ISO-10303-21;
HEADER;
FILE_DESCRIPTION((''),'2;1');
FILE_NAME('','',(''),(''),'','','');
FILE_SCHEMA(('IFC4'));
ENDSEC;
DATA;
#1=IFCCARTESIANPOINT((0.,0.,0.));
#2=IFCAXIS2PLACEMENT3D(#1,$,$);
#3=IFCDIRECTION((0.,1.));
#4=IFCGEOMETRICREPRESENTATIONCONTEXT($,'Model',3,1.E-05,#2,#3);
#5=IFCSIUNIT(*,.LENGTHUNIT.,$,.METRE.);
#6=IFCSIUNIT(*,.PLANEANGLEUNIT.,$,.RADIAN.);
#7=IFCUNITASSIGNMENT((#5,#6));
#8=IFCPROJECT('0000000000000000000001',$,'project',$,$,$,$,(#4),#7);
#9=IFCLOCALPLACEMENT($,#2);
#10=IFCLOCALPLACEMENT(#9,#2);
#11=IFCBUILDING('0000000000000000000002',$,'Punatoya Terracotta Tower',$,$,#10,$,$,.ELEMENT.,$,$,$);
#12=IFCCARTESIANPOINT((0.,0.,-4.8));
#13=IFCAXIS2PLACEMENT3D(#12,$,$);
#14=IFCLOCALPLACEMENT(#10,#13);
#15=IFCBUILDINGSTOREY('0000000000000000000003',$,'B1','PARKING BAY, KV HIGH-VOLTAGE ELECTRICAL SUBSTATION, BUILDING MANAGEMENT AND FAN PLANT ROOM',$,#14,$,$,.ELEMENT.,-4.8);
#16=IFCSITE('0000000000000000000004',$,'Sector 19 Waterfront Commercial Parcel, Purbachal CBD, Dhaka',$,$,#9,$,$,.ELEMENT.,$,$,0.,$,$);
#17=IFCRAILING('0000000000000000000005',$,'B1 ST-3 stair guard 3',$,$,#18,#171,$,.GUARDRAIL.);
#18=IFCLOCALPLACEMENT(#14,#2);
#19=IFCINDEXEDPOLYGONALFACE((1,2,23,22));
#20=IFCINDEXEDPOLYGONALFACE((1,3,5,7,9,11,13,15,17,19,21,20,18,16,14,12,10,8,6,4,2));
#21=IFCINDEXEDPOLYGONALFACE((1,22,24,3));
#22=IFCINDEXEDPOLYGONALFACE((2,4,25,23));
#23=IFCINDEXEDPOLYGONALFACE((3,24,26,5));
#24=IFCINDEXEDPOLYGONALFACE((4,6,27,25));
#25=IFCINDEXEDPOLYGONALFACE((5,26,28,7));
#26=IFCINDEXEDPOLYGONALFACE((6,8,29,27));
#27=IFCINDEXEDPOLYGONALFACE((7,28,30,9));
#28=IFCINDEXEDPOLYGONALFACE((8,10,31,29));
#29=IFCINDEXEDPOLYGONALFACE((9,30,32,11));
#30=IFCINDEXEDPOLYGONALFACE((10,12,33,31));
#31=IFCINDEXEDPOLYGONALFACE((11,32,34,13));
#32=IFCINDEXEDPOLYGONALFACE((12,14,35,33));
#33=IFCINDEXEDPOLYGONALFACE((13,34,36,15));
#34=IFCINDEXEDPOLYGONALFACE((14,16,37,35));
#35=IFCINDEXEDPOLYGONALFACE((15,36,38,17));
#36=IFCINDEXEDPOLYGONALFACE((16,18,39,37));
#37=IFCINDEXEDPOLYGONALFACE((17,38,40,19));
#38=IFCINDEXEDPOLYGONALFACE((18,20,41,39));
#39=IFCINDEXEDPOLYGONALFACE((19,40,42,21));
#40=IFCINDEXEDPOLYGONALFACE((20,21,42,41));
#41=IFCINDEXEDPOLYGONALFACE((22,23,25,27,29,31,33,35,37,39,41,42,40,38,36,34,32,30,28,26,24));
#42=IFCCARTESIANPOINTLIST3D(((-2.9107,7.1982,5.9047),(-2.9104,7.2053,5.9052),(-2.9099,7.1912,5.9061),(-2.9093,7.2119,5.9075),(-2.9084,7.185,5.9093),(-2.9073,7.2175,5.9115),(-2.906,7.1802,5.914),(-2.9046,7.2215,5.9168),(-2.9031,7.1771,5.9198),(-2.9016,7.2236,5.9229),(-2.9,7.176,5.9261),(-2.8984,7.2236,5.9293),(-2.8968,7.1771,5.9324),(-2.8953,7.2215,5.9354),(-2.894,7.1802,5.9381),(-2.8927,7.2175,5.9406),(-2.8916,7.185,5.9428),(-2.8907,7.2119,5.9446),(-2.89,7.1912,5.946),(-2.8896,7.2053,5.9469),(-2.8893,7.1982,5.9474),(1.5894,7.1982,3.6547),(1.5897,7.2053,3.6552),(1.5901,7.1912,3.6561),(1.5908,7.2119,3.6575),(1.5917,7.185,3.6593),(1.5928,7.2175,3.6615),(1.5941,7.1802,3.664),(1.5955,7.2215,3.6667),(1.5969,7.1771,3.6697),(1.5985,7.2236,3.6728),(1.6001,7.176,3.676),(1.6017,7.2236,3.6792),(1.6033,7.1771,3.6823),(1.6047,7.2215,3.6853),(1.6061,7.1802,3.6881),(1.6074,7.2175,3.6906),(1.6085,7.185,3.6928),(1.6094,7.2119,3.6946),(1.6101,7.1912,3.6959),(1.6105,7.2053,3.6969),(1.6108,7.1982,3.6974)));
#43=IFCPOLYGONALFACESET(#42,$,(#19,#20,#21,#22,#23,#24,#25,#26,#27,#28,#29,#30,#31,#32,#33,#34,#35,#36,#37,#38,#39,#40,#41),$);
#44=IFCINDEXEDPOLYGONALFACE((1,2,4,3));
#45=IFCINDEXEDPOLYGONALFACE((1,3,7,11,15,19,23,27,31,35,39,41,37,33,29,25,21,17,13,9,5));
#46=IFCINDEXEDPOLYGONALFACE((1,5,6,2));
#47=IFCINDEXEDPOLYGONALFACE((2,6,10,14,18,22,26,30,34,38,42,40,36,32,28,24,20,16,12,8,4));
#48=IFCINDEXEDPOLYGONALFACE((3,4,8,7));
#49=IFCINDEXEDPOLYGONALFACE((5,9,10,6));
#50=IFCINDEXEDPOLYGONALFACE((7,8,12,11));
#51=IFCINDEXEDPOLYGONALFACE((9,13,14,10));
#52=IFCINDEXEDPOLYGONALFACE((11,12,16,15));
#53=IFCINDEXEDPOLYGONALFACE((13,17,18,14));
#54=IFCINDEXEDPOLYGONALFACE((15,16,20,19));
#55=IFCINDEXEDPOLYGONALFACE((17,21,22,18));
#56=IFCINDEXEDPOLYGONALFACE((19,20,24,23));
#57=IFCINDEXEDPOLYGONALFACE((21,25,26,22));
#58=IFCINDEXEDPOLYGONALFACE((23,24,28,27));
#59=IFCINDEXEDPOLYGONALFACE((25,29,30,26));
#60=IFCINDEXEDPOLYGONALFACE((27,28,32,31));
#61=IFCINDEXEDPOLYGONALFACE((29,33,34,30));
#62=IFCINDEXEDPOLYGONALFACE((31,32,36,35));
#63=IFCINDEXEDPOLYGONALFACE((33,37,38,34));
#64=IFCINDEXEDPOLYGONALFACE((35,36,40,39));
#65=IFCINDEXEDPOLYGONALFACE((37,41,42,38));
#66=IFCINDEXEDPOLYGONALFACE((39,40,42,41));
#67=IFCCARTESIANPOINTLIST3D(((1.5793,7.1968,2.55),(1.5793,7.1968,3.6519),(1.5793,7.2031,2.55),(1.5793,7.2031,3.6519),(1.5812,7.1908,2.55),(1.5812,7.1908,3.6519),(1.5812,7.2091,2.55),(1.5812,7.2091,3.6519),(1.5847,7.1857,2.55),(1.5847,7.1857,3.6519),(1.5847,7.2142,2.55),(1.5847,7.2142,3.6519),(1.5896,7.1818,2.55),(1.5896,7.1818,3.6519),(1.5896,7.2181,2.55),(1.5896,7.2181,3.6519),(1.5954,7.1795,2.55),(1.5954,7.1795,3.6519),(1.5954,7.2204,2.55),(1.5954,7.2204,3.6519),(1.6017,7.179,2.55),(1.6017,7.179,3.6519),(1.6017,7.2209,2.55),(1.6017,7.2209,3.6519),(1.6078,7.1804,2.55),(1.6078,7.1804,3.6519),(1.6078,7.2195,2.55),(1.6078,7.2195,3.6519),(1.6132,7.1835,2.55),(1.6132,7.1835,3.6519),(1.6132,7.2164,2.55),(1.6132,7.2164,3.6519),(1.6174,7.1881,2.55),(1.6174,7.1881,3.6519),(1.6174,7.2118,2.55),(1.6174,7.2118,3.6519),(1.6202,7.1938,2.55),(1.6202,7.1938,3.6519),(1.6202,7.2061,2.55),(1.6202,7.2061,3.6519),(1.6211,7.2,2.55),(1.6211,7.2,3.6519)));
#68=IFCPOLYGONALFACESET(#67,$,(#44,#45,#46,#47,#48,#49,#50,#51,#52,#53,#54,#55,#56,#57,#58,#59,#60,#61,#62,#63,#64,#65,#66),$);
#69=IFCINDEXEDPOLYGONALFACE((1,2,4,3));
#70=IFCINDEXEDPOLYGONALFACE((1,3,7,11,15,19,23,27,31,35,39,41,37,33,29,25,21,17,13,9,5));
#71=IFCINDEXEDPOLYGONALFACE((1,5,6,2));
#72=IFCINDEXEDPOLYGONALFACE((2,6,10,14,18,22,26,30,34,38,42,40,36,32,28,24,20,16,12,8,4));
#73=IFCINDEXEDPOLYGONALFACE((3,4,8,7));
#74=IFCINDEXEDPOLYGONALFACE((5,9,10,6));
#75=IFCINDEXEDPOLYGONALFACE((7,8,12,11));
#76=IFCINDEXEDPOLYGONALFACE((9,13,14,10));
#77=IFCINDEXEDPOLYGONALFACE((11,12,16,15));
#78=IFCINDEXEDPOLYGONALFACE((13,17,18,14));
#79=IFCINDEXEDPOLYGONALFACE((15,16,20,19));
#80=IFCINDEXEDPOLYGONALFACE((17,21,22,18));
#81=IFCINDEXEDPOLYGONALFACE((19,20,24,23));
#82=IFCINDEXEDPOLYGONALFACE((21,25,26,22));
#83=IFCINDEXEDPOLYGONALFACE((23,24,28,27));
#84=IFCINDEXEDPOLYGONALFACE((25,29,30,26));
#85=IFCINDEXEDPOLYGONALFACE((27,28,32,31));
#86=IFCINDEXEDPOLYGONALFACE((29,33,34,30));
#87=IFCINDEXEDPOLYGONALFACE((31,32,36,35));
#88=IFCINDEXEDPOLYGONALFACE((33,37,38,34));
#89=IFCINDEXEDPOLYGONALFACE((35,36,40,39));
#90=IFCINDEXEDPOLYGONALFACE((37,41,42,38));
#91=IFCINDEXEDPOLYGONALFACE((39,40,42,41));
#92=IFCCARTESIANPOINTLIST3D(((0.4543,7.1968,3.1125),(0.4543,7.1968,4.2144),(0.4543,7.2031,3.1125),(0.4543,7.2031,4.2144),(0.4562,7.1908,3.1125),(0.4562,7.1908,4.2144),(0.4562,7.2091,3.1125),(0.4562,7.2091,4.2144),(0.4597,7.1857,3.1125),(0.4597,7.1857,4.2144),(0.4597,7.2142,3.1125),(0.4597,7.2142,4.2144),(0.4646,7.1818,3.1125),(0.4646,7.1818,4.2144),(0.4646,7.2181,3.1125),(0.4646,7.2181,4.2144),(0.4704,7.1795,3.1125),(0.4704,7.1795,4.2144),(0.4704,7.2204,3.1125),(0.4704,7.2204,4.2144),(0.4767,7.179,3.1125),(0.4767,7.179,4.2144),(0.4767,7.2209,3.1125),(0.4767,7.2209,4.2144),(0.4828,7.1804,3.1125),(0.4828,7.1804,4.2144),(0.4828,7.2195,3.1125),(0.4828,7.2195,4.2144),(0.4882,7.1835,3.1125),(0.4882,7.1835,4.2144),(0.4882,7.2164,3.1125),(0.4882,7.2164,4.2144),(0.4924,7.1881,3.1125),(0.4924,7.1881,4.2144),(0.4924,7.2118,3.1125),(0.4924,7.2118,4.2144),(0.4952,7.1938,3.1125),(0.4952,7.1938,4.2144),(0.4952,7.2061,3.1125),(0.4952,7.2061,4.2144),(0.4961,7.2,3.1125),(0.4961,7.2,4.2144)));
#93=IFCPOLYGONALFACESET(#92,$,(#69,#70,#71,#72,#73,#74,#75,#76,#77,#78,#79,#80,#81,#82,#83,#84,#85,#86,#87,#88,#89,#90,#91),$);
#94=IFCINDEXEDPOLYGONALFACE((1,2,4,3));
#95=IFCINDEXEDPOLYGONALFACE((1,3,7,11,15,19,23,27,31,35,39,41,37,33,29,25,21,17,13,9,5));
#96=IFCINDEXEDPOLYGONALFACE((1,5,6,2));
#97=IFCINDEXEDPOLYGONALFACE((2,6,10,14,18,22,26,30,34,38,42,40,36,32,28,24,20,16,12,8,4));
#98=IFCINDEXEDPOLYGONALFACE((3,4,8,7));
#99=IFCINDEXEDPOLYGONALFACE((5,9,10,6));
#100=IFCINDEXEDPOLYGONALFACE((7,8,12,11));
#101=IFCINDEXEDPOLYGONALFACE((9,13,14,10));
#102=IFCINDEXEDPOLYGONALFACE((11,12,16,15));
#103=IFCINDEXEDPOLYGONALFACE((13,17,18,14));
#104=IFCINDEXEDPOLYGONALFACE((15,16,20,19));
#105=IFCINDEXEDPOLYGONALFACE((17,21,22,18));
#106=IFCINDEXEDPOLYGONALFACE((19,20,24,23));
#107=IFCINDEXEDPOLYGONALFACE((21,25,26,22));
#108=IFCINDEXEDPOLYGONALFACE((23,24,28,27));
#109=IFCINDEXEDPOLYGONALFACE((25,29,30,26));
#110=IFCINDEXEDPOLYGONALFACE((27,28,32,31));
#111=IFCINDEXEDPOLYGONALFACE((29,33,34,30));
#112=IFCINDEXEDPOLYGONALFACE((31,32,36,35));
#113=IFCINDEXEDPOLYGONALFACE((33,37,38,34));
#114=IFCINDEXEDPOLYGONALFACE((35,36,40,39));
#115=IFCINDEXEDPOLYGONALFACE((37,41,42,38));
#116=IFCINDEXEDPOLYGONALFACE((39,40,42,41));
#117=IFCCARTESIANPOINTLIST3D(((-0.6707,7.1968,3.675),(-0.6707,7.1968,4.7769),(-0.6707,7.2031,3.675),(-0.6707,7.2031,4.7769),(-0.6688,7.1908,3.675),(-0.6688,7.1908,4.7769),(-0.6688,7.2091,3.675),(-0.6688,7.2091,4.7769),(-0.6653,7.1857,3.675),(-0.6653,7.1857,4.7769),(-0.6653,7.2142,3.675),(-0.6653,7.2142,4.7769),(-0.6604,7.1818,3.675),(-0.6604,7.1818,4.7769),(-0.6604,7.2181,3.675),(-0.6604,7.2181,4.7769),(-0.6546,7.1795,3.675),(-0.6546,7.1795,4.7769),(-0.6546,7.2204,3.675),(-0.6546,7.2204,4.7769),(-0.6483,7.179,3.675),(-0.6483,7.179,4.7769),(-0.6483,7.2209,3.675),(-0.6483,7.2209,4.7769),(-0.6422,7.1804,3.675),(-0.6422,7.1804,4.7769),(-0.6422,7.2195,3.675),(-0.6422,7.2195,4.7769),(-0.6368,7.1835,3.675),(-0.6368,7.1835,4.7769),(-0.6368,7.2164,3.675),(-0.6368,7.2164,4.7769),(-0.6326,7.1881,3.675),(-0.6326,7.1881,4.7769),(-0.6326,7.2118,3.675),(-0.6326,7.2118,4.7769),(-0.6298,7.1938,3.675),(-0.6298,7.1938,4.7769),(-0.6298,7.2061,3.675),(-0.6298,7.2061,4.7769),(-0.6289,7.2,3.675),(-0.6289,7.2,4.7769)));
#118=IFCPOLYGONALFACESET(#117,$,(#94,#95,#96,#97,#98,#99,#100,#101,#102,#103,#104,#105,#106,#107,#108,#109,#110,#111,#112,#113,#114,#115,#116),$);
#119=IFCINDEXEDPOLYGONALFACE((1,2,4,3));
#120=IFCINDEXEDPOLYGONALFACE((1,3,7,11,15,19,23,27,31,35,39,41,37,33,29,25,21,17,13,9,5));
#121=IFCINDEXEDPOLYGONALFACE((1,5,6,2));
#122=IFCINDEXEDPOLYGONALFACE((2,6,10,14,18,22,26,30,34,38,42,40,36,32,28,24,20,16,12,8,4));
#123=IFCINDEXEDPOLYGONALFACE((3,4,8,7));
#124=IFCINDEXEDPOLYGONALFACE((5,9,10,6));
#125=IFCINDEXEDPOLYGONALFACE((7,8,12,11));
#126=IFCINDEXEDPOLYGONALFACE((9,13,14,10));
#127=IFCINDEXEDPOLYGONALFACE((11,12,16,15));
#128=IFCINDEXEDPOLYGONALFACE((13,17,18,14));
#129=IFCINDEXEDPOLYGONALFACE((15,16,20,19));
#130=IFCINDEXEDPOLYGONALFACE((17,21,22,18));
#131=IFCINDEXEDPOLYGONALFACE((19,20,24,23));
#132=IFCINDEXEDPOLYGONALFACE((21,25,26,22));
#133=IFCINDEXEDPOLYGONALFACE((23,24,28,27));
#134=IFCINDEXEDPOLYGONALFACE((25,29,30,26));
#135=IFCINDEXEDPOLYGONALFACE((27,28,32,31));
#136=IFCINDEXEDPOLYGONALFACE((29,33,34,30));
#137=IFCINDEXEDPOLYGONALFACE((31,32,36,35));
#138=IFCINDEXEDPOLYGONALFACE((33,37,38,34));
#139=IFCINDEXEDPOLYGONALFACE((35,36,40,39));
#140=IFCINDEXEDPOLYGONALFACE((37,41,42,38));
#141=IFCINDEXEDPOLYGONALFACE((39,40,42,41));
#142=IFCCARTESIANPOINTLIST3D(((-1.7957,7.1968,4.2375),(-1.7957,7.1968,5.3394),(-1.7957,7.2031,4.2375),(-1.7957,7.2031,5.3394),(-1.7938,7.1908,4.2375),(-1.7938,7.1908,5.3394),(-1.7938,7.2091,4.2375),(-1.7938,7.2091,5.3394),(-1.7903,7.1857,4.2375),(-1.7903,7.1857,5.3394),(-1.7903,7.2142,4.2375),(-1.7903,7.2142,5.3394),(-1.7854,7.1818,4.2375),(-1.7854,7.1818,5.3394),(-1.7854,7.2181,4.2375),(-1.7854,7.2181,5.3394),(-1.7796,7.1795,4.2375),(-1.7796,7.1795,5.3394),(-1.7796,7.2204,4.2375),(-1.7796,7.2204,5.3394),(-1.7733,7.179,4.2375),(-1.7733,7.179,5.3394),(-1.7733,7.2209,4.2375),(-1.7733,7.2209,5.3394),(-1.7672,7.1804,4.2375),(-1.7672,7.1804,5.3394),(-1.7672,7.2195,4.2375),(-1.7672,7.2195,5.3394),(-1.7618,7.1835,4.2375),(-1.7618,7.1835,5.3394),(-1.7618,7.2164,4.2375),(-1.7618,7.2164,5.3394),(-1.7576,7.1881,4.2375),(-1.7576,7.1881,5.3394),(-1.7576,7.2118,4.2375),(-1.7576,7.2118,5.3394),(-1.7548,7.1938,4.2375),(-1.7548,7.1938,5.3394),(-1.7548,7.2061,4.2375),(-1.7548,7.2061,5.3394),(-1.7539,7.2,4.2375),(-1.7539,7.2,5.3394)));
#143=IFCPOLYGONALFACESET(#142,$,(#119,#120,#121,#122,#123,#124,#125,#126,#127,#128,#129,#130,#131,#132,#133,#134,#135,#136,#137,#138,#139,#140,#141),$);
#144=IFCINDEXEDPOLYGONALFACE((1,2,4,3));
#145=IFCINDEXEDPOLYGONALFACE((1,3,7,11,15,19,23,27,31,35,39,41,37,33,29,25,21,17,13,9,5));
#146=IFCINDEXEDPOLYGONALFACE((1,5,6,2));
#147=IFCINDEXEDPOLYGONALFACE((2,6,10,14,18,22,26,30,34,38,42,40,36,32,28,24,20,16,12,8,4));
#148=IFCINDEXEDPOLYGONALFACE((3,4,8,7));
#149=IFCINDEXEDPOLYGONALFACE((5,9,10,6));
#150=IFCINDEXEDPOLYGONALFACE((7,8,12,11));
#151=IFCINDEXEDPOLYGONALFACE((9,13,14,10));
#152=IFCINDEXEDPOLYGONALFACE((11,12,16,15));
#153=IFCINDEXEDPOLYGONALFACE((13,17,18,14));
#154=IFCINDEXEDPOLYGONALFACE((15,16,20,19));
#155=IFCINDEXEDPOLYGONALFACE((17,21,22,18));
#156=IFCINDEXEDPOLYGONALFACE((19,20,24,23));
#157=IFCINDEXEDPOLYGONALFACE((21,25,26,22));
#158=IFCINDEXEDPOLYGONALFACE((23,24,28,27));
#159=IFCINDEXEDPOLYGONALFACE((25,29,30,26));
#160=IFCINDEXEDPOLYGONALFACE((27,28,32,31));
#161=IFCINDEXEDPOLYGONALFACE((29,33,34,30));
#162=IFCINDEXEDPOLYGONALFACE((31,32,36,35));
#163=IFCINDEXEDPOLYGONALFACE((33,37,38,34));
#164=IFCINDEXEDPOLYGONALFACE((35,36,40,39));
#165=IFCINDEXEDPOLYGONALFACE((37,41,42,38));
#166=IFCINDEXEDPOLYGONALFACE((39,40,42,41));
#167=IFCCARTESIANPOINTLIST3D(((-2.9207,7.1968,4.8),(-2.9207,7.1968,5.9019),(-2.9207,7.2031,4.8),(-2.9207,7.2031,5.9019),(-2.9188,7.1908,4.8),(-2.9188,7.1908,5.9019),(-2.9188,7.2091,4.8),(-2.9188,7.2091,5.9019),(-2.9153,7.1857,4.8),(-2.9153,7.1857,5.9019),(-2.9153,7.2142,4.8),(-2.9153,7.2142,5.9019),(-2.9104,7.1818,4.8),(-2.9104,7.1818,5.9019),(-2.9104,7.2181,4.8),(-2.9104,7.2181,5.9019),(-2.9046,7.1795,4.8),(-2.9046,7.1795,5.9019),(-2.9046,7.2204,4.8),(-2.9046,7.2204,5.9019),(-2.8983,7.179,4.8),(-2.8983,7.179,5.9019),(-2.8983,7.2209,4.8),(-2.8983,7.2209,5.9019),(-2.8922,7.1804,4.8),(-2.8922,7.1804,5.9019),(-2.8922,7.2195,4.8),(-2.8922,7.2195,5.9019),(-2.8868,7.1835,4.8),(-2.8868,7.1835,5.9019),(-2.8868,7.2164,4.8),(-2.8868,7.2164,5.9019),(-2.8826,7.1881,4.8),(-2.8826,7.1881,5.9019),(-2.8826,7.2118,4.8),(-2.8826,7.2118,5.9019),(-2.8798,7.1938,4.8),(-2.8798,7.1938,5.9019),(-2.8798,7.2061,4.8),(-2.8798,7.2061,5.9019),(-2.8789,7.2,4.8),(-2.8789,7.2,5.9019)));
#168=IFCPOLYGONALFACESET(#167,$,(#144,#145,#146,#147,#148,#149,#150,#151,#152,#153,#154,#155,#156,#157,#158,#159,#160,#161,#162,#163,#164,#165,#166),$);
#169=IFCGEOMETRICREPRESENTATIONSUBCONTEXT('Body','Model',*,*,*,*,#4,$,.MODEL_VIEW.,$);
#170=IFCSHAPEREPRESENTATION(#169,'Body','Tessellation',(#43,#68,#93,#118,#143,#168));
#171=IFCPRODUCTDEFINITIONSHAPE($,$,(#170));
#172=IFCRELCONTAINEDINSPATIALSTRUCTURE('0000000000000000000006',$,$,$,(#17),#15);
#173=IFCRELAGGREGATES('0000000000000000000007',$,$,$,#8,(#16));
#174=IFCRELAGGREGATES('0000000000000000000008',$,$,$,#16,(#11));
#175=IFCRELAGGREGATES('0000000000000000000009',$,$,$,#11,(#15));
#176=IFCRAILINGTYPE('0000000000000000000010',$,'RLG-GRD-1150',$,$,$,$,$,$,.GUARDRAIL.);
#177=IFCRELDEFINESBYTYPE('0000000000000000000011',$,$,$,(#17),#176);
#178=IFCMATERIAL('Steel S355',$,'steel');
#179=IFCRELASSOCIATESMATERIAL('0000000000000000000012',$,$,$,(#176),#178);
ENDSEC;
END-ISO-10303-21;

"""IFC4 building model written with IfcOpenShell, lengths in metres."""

from ifc_helpers import new_model, si_unit, direction, frame, origin, origin_2d, place, context, subcontext, project, spatial, circle, extrude, material, type_object, element, save


model = new_model("IFC4")

# Units and contexts
model_context = context("Model", 3, precision=1e-05, world=origin(), true_north=direction((0.0, 1.0)))
body_context = subcontext(model_context, "Body", "Model", "MODEL_VIEW")
ifc_project = project(units=[si_unit("LENGTHUNIT", "METRE"), si_unit("PLANEANGLEUNIT", "RADIAN")], contexts=[model_context])

# Site, building, storey
site_placement = place(None, origin())
site = spatial("IfcSite", under=ifc_project, at=site_placement, Name="Sector 19 Waterfront Commercial Parcel, Purbachal CBD, Dhaka", CompositionType="ELEMENT", RefElevation=0.0)
building_placement = place(site_placement, origin())
building = spatial("IfcBuilding", under=site, at=building_placement, Name="Punatoya Terracotta Tower", CompositionType="ELEMENT")
storey_placement = place(building_placement, frame((0.0, 0.0, -4.8)))
storey = spatial("IfcBuildingStorey", under=building, at=storey_placement, Name="B1", Description="PARKING BAY, KV HIGH-VOLTAGE ELECTRICAL SUBSTATION, BUILDING MANAGEMENT AND FAN PLANT ROOM", CompositionType="ELEMENT", Elevation=-4.8)

# Shared definitions
ifc_material_1 = material(Name="Steel S355", Category="steel")

# Railing
railing_type_1 = type_object("IfcRailingType", Name="RLG-GRD-1150", PredefinedType="GUARDRAIL", material=ifc_material_1)
railing_1_placement = place(storey_placement, frame((1.6001, 7.2, 2.55)))
element("IfcRailing", 1, at=railing_1_placement, inside=storey, type_object=railing_type_1, Name="B1 ST-3 stair guard 3", PredefinedType="GUARDRAIL", context=body_context, shape_type="SweptSolid", body=[
    extrude(circle(Radius=0.0239, at=origin_2d()), frame((0.0, 0.0, 1.126), z_axis=(-0.894427, 0.0, 0.447214), x_axis=(0.0, -1.0, 0.0)), (0.0, 0.0, 1.0), 5.0312),
    extrude(circle(Radius=0.021, at=origin_2d()), origin(), (0.0, 0.0, 1.0), 1.1018),
    extrude(circle(Radius=0.021, at=origin_2d()), frame((-1.125, 0.0, 0.5625)), (0.0, 0.0, 1.0), 1.1018),
    extrude(circle(Radius=0.021, at=origin_2d()), frame((-2.25, 0.0, 1.125)), (0.0, 0.0, 1.0), 1.1018),
    extrude(circle(Radius=0.021, at=origin_2d()), frame((-3.375, 0.0, 1.6875)), (0.0, 0.0, 1.0), 1.1018),
    extrude(circle(Radius=0.021, at=origin_2d()), frame((-4.5, 0.0, 2.25)), (0.0, 0.0, 1.0), 1.1018),
])

save(model, "model.ifc")
